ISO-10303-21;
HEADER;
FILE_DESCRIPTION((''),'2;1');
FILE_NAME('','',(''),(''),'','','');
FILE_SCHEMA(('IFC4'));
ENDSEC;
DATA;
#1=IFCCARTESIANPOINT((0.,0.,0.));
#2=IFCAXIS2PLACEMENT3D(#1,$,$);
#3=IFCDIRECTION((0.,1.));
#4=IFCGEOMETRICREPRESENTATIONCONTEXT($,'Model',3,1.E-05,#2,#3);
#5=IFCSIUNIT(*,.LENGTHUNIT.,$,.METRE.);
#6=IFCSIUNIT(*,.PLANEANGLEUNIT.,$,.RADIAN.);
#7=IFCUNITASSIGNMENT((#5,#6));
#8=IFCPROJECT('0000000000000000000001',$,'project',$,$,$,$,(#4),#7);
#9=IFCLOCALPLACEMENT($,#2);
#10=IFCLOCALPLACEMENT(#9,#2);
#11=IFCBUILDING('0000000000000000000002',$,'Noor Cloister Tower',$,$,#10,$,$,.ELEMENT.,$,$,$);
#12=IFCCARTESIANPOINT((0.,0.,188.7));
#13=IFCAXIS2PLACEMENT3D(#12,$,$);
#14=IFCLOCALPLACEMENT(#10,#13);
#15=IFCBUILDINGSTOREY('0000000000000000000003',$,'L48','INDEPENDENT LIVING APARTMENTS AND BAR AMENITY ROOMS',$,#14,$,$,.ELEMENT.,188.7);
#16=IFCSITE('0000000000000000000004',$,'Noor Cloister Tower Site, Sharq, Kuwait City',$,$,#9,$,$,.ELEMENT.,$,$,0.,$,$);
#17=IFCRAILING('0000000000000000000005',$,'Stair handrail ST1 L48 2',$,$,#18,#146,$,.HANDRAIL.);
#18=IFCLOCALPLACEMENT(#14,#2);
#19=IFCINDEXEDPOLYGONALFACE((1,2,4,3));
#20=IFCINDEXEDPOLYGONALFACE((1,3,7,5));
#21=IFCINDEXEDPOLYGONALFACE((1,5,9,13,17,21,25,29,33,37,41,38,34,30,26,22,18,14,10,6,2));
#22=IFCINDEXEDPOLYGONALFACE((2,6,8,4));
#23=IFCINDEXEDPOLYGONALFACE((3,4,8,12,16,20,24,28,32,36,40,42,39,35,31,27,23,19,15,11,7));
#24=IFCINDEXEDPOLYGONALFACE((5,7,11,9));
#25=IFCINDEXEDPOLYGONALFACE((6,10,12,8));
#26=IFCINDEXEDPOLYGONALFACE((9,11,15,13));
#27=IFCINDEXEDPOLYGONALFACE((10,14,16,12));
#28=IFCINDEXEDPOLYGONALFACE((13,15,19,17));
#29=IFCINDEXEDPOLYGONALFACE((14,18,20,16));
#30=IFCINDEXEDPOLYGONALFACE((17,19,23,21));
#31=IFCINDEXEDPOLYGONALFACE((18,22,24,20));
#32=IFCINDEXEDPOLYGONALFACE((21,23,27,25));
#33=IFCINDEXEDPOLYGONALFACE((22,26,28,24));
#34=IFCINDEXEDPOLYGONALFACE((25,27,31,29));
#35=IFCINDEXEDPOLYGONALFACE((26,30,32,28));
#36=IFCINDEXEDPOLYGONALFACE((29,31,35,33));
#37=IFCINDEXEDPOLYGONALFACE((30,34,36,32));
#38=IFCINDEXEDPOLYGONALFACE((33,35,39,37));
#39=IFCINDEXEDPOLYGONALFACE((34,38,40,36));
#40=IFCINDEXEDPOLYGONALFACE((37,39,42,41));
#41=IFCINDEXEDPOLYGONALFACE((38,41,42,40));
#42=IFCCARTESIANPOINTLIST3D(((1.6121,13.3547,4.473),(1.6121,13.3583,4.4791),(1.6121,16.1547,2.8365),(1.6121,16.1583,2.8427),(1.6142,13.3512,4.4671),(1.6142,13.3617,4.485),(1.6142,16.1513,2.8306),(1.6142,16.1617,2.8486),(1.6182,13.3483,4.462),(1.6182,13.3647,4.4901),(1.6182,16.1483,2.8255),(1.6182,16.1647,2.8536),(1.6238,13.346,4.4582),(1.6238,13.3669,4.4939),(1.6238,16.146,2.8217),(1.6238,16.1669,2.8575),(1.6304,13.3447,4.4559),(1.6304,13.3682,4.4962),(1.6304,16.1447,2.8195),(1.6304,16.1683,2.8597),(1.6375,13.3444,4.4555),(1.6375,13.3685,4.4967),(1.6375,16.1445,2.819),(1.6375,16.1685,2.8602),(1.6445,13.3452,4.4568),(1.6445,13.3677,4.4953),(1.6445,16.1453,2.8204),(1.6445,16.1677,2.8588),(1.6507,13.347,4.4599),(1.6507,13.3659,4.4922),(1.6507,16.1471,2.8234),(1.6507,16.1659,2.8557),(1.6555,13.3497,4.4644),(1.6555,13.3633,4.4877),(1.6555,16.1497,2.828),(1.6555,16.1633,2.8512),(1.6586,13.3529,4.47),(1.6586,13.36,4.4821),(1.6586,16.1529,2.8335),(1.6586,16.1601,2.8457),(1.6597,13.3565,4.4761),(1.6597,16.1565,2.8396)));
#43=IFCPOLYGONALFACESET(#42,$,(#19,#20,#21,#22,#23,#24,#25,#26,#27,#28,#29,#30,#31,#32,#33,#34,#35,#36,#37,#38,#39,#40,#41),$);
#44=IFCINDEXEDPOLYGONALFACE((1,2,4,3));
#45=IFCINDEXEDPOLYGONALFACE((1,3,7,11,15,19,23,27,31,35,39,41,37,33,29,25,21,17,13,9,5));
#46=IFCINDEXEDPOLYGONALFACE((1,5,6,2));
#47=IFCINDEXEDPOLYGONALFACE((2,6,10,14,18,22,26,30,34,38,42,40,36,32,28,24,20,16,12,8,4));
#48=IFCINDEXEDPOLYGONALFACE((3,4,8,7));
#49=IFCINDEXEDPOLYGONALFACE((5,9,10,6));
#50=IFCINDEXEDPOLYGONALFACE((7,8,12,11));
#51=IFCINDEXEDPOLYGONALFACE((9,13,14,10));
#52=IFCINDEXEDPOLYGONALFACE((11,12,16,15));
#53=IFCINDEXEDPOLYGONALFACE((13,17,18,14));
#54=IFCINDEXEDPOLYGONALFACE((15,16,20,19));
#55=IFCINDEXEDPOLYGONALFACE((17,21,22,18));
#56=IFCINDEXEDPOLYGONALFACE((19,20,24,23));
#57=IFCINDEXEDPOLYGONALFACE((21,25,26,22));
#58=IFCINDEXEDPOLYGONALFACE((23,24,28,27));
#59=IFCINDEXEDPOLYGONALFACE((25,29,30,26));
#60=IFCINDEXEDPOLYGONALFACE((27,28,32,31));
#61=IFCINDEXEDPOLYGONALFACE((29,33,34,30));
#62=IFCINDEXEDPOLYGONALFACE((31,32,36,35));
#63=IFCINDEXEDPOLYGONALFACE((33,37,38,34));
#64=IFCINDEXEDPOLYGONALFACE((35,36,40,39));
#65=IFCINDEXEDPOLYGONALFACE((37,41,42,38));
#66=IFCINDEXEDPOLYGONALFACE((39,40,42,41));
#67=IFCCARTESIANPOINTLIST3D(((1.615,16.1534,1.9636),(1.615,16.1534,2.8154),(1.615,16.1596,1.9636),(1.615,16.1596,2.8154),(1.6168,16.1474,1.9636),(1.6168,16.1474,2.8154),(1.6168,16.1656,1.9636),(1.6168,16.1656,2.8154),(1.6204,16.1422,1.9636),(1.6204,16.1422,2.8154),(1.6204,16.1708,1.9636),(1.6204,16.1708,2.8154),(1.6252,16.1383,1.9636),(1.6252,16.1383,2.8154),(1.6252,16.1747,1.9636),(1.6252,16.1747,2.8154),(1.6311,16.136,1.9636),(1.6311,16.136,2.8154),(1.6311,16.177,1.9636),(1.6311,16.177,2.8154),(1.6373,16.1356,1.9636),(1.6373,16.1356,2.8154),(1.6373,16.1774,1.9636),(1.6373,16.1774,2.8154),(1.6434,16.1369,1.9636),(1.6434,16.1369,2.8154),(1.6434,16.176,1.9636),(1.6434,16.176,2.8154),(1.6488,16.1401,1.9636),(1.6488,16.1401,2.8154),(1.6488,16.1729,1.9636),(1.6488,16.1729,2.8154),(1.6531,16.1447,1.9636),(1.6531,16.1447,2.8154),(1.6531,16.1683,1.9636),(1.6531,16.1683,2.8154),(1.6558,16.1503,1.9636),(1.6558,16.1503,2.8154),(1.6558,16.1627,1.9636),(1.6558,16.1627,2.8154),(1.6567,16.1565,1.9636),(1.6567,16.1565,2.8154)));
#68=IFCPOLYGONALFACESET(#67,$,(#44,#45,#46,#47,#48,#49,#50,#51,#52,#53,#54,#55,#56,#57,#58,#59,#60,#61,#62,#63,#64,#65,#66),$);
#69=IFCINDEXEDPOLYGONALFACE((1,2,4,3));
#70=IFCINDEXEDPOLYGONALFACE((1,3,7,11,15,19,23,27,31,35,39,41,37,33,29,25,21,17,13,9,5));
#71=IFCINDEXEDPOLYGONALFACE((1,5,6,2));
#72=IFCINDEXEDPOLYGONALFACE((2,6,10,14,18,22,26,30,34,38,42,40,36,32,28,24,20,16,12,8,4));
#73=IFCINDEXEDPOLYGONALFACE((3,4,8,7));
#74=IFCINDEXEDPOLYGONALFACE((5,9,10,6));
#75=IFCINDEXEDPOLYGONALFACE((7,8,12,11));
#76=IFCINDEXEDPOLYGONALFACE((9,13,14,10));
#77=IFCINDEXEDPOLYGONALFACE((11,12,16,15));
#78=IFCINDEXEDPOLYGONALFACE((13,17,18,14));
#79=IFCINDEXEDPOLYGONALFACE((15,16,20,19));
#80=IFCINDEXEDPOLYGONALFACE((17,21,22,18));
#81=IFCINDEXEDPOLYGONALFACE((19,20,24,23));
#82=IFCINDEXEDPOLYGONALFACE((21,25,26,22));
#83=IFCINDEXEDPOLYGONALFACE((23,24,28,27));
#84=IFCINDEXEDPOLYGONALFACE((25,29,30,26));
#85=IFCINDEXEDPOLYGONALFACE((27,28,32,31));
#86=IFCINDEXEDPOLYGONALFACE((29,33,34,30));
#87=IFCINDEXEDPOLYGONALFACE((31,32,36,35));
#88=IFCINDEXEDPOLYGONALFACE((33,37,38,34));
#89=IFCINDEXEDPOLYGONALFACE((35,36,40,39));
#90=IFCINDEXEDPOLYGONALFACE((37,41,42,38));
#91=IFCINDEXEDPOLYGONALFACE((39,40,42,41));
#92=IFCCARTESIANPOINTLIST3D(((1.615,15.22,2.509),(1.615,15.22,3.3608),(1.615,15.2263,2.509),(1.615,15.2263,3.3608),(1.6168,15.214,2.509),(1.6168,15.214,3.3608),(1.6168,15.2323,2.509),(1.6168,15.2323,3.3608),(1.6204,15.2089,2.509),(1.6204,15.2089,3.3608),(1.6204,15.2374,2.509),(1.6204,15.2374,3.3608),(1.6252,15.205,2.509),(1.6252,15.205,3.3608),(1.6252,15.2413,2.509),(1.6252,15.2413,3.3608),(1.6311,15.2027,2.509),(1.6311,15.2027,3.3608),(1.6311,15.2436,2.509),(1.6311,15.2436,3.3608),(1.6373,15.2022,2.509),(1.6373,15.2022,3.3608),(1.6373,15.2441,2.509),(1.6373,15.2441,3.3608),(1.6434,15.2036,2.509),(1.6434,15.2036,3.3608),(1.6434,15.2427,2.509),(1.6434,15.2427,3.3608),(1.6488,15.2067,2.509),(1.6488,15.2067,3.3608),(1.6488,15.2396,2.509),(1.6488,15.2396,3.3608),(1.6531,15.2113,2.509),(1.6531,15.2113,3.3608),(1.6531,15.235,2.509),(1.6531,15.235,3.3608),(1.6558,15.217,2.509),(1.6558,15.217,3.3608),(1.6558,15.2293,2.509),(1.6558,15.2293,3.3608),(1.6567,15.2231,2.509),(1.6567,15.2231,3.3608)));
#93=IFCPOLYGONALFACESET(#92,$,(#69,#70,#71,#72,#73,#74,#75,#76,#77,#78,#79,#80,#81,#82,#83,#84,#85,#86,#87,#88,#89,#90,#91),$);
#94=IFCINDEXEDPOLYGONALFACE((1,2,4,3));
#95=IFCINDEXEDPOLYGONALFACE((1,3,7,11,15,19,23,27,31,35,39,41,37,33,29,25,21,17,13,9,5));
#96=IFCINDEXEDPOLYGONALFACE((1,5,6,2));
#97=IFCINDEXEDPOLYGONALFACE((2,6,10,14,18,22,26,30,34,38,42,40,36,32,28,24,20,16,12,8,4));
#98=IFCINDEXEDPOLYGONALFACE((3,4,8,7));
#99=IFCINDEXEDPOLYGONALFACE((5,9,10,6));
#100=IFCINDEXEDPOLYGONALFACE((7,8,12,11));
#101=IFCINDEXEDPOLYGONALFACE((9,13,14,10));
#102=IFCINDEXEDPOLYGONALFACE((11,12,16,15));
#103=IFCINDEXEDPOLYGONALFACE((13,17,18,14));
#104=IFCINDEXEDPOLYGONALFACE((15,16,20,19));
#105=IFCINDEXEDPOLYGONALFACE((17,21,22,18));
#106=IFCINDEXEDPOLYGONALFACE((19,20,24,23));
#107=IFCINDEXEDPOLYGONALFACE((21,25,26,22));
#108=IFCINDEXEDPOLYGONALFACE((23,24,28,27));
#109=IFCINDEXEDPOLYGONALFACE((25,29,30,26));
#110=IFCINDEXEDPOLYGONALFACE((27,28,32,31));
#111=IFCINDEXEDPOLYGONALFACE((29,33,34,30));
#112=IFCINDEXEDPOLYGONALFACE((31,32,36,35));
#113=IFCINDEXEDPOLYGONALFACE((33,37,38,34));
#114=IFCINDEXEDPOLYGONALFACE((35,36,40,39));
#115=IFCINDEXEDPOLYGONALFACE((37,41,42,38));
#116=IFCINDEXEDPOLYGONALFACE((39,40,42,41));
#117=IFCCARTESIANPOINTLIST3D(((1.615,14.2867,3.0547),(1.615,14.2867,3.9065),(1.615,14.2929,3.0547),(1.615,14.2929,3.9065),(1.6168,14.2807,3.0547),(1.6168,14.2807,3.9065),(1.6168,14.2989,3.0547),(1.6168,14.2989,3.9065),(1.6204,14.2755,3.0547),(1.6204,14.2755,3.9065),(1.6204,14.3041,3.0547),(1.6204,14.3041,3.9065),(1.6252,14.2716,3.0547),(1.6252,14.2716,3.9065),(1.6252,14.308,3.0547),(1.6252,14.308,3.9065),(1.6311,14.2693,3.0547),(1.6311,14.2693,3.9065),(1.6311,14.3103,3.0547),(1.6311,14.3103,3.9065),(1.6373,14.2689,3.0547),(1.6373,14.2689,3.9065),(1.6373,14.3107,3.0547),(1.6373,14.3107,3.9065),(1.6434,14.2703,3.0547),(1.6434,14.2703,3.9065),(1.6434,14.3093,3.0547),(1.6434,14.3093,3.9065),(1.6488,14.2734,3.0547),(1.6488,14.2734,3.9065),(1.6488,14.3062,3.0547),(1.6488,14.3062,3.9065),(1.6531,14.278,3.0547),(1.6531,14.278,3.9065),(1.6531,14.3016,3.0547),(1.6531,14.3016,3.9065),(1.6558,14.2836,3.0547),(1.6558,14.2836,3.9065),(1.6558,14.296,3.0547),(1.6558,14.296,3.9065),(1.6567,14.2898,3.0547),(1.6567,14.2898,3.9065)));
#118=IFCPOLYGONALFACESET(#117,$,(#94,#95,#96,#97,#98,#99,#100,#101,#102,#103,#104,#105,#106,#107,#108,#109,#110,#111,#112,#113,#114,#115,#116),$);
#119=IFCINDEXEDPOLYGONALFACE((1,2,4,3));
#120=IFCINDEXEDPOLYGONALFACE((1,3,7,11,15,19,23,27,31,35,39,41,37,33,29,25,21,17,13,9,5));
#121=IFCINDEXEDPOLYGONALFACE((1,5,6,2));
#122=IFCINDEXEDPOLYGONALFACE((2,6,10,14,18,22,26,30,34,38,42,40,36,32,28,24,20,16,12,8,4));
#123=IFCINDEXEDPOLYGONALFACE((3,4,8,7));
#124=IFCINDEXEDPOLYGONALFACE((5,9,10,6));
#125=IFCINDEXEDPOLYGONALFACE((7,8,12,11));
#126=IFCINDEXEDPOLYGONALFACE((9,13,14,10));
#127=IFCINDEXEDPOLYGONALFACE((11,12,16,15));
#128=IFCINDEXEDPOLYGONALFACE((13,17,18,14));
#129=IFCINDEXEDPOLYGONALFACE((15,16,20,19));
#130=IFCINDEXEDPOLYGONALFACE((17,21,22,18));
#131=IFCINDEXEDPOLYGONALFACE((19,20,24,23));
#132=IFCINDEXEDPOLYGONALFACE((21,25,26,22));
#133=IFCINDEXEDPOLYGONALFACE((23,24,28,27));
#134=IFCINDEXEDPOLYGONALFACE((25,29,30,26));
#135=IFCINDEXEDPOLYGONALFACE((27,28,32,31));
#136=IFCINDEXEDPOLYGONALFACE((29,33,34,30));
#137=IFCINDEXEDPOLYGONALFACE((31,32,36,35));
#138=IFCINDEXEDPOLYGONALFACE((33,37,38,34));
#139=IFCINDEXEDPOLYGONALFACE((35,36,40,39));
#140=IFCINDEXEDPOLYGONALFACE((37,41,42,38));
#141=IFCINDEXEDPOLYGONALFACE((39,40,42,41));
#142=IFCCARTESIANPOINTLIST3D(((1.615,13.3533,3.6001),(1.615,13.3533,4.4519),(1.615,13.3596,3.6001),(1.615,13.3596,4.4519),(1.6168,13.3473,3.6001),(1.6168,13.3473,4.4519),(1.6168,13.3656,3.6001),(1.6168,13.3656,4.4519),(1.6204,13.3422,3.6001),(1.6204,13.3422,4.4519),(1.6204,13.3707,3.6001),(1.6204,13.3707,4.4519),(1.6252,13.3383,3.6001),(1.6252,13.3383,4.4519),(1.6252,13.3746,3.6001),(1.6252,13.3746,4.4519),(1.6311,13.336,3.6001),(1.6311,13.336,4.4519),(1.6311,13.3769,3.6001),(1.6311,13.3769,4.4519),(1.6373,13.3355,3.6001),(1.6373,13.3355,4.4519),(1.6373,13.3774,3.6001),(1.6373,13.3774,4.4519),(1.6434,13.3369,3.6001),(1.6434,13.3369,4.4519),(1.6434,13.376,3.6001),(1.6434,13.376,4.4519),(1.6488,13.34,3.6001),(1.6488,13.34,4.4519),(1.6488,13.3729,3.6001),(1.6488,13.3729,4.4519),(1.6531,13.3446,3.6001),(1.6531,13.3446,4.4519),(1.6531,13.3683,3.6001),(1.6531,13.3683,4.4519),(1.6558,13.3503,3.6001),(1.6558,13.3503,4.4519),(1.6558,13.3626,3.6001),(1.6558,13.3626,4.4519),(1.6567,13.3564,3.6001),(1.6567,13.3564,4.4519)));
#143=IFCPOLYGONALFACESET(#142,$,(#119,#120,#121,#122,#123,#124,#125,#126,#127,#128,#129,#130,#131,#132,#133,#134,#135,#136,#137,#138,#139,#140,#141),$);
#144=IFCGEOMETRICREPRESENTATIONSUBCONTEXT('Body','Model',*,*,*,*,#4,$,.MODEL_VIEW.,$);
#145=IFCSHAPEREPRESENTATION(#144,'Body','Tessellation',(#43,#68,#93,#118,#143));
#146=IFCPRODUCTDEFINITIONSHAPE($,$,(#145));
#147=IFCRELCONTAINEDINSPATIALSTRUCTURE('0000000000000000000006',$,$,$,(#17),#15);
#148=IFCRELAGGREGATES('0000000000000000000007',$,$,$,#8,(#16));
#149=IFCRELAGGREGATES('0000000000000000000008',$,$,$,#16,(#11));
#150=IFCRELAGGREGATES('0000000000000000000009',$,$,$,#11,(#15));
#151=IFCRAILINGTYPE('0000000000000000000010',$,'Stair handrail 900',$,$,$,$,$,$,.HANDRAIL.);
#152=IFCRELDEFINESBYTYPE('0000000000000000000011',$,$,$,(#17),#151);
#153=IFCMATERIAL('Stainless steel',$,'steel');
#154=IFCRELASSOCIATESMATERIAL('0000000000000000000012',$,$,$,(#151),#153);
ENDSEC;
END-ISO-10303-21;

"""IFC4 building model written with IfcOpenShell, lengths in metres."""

from ifc_helpers import new_model, si_unit, direction, frame, origin, origin_2d, place, context, subcontext, project, spatial, circle, extrude, material, type_object, element, save


model = new_model("IFC4")

# Units and contexts
model_context = context("Model", 3, precision=1e-05, world=origin(), true_north=direction((0.0, 1.0)))
body_context = subcontext(model_context, "Body", "Model", "MODEL_VIEW")
ifc_project = project(units=[si_unit("LENGTHUNIT", "METRE"), si_unit("PLANEANGLEUNIT", "RADIAN")], contexts=[model_context])

# Site, building, storey
site_placement = place(None, origin())
site = spatial("IfcSite", under=ifc_project, at=site_placement, Name="Noor Cloister Tower Site, Sharq, Kuwait City", CompositionType="ELEMENT", RefElevation=0.0)
building_placement = place(site_placement, origin())
building = spatial("IfcBuilding", under=site, at=building_placement, Name="Noor Cloister Tower", CompositionType="ELEMENT")
storey_placement = place(building_placement, frame((0.0, 0.0, 188.7)))
storey = spatial("IfcBuildingStorey", under=building, at=storey_placement, Name="L48", Description="INDEPENDENT LIVING APARTMENTS AND BAR AMENITY ROOMS", CompositionType="ELEMENT", Elevation=188.7)

# Railing
ifc_material_1 = material(Name="Stainless steel", Category="steel")
railing_type_1 = type_object("IfcRailingType", Name="Stair handrail 900", PredefinedType="HANDRAIL", material=ifc_material_1)
railing_1_placement = place(storey_placement, frame((1.6357, 16.1565, 1.9636)))
element("IfcRailing", 1, at=railing_1_placement, inside=storey, type_object=railing_type_1, Name="Stair handrail ST1 L48 2", PredefinedType="HANDRAIL", context=body_context, shape_type="SweptSolid", body=[
    extrude(circle(Radius=0.0239, at=origin_2d()), frame((0.0, 0.0, 0.876), z_axis=(0.0, -0.863361, 0.504587), x_axis=(1.0, 0.0, 0.0)), (0.0, 0.0, 1.0), 3.2432),
    extrude(circle(Radius=0.021, at=origin_2d()), origin(), (0.0, 0.0, 1.0), 0.8518),
    extrude(circle(Radius=0.021, at=origin_2d()), frame((0.0, -0.9333, 0.5454)), (0.0, 0.0, 1.0), 0.8518),
    extrude(circle(Radius=0.021, at=origin_2d()), frame((0.0, -1.8667, 1.0911)), (0.0, 0.0, 1.0), 0.8518),
    extrude(circle(Radius=0.021, at=origin_2d()), frame((0.0, -2.8, 1.6365)), (0.0, 0.0, 1.0), 0.8518),
])

save(model, "model.ifc")
